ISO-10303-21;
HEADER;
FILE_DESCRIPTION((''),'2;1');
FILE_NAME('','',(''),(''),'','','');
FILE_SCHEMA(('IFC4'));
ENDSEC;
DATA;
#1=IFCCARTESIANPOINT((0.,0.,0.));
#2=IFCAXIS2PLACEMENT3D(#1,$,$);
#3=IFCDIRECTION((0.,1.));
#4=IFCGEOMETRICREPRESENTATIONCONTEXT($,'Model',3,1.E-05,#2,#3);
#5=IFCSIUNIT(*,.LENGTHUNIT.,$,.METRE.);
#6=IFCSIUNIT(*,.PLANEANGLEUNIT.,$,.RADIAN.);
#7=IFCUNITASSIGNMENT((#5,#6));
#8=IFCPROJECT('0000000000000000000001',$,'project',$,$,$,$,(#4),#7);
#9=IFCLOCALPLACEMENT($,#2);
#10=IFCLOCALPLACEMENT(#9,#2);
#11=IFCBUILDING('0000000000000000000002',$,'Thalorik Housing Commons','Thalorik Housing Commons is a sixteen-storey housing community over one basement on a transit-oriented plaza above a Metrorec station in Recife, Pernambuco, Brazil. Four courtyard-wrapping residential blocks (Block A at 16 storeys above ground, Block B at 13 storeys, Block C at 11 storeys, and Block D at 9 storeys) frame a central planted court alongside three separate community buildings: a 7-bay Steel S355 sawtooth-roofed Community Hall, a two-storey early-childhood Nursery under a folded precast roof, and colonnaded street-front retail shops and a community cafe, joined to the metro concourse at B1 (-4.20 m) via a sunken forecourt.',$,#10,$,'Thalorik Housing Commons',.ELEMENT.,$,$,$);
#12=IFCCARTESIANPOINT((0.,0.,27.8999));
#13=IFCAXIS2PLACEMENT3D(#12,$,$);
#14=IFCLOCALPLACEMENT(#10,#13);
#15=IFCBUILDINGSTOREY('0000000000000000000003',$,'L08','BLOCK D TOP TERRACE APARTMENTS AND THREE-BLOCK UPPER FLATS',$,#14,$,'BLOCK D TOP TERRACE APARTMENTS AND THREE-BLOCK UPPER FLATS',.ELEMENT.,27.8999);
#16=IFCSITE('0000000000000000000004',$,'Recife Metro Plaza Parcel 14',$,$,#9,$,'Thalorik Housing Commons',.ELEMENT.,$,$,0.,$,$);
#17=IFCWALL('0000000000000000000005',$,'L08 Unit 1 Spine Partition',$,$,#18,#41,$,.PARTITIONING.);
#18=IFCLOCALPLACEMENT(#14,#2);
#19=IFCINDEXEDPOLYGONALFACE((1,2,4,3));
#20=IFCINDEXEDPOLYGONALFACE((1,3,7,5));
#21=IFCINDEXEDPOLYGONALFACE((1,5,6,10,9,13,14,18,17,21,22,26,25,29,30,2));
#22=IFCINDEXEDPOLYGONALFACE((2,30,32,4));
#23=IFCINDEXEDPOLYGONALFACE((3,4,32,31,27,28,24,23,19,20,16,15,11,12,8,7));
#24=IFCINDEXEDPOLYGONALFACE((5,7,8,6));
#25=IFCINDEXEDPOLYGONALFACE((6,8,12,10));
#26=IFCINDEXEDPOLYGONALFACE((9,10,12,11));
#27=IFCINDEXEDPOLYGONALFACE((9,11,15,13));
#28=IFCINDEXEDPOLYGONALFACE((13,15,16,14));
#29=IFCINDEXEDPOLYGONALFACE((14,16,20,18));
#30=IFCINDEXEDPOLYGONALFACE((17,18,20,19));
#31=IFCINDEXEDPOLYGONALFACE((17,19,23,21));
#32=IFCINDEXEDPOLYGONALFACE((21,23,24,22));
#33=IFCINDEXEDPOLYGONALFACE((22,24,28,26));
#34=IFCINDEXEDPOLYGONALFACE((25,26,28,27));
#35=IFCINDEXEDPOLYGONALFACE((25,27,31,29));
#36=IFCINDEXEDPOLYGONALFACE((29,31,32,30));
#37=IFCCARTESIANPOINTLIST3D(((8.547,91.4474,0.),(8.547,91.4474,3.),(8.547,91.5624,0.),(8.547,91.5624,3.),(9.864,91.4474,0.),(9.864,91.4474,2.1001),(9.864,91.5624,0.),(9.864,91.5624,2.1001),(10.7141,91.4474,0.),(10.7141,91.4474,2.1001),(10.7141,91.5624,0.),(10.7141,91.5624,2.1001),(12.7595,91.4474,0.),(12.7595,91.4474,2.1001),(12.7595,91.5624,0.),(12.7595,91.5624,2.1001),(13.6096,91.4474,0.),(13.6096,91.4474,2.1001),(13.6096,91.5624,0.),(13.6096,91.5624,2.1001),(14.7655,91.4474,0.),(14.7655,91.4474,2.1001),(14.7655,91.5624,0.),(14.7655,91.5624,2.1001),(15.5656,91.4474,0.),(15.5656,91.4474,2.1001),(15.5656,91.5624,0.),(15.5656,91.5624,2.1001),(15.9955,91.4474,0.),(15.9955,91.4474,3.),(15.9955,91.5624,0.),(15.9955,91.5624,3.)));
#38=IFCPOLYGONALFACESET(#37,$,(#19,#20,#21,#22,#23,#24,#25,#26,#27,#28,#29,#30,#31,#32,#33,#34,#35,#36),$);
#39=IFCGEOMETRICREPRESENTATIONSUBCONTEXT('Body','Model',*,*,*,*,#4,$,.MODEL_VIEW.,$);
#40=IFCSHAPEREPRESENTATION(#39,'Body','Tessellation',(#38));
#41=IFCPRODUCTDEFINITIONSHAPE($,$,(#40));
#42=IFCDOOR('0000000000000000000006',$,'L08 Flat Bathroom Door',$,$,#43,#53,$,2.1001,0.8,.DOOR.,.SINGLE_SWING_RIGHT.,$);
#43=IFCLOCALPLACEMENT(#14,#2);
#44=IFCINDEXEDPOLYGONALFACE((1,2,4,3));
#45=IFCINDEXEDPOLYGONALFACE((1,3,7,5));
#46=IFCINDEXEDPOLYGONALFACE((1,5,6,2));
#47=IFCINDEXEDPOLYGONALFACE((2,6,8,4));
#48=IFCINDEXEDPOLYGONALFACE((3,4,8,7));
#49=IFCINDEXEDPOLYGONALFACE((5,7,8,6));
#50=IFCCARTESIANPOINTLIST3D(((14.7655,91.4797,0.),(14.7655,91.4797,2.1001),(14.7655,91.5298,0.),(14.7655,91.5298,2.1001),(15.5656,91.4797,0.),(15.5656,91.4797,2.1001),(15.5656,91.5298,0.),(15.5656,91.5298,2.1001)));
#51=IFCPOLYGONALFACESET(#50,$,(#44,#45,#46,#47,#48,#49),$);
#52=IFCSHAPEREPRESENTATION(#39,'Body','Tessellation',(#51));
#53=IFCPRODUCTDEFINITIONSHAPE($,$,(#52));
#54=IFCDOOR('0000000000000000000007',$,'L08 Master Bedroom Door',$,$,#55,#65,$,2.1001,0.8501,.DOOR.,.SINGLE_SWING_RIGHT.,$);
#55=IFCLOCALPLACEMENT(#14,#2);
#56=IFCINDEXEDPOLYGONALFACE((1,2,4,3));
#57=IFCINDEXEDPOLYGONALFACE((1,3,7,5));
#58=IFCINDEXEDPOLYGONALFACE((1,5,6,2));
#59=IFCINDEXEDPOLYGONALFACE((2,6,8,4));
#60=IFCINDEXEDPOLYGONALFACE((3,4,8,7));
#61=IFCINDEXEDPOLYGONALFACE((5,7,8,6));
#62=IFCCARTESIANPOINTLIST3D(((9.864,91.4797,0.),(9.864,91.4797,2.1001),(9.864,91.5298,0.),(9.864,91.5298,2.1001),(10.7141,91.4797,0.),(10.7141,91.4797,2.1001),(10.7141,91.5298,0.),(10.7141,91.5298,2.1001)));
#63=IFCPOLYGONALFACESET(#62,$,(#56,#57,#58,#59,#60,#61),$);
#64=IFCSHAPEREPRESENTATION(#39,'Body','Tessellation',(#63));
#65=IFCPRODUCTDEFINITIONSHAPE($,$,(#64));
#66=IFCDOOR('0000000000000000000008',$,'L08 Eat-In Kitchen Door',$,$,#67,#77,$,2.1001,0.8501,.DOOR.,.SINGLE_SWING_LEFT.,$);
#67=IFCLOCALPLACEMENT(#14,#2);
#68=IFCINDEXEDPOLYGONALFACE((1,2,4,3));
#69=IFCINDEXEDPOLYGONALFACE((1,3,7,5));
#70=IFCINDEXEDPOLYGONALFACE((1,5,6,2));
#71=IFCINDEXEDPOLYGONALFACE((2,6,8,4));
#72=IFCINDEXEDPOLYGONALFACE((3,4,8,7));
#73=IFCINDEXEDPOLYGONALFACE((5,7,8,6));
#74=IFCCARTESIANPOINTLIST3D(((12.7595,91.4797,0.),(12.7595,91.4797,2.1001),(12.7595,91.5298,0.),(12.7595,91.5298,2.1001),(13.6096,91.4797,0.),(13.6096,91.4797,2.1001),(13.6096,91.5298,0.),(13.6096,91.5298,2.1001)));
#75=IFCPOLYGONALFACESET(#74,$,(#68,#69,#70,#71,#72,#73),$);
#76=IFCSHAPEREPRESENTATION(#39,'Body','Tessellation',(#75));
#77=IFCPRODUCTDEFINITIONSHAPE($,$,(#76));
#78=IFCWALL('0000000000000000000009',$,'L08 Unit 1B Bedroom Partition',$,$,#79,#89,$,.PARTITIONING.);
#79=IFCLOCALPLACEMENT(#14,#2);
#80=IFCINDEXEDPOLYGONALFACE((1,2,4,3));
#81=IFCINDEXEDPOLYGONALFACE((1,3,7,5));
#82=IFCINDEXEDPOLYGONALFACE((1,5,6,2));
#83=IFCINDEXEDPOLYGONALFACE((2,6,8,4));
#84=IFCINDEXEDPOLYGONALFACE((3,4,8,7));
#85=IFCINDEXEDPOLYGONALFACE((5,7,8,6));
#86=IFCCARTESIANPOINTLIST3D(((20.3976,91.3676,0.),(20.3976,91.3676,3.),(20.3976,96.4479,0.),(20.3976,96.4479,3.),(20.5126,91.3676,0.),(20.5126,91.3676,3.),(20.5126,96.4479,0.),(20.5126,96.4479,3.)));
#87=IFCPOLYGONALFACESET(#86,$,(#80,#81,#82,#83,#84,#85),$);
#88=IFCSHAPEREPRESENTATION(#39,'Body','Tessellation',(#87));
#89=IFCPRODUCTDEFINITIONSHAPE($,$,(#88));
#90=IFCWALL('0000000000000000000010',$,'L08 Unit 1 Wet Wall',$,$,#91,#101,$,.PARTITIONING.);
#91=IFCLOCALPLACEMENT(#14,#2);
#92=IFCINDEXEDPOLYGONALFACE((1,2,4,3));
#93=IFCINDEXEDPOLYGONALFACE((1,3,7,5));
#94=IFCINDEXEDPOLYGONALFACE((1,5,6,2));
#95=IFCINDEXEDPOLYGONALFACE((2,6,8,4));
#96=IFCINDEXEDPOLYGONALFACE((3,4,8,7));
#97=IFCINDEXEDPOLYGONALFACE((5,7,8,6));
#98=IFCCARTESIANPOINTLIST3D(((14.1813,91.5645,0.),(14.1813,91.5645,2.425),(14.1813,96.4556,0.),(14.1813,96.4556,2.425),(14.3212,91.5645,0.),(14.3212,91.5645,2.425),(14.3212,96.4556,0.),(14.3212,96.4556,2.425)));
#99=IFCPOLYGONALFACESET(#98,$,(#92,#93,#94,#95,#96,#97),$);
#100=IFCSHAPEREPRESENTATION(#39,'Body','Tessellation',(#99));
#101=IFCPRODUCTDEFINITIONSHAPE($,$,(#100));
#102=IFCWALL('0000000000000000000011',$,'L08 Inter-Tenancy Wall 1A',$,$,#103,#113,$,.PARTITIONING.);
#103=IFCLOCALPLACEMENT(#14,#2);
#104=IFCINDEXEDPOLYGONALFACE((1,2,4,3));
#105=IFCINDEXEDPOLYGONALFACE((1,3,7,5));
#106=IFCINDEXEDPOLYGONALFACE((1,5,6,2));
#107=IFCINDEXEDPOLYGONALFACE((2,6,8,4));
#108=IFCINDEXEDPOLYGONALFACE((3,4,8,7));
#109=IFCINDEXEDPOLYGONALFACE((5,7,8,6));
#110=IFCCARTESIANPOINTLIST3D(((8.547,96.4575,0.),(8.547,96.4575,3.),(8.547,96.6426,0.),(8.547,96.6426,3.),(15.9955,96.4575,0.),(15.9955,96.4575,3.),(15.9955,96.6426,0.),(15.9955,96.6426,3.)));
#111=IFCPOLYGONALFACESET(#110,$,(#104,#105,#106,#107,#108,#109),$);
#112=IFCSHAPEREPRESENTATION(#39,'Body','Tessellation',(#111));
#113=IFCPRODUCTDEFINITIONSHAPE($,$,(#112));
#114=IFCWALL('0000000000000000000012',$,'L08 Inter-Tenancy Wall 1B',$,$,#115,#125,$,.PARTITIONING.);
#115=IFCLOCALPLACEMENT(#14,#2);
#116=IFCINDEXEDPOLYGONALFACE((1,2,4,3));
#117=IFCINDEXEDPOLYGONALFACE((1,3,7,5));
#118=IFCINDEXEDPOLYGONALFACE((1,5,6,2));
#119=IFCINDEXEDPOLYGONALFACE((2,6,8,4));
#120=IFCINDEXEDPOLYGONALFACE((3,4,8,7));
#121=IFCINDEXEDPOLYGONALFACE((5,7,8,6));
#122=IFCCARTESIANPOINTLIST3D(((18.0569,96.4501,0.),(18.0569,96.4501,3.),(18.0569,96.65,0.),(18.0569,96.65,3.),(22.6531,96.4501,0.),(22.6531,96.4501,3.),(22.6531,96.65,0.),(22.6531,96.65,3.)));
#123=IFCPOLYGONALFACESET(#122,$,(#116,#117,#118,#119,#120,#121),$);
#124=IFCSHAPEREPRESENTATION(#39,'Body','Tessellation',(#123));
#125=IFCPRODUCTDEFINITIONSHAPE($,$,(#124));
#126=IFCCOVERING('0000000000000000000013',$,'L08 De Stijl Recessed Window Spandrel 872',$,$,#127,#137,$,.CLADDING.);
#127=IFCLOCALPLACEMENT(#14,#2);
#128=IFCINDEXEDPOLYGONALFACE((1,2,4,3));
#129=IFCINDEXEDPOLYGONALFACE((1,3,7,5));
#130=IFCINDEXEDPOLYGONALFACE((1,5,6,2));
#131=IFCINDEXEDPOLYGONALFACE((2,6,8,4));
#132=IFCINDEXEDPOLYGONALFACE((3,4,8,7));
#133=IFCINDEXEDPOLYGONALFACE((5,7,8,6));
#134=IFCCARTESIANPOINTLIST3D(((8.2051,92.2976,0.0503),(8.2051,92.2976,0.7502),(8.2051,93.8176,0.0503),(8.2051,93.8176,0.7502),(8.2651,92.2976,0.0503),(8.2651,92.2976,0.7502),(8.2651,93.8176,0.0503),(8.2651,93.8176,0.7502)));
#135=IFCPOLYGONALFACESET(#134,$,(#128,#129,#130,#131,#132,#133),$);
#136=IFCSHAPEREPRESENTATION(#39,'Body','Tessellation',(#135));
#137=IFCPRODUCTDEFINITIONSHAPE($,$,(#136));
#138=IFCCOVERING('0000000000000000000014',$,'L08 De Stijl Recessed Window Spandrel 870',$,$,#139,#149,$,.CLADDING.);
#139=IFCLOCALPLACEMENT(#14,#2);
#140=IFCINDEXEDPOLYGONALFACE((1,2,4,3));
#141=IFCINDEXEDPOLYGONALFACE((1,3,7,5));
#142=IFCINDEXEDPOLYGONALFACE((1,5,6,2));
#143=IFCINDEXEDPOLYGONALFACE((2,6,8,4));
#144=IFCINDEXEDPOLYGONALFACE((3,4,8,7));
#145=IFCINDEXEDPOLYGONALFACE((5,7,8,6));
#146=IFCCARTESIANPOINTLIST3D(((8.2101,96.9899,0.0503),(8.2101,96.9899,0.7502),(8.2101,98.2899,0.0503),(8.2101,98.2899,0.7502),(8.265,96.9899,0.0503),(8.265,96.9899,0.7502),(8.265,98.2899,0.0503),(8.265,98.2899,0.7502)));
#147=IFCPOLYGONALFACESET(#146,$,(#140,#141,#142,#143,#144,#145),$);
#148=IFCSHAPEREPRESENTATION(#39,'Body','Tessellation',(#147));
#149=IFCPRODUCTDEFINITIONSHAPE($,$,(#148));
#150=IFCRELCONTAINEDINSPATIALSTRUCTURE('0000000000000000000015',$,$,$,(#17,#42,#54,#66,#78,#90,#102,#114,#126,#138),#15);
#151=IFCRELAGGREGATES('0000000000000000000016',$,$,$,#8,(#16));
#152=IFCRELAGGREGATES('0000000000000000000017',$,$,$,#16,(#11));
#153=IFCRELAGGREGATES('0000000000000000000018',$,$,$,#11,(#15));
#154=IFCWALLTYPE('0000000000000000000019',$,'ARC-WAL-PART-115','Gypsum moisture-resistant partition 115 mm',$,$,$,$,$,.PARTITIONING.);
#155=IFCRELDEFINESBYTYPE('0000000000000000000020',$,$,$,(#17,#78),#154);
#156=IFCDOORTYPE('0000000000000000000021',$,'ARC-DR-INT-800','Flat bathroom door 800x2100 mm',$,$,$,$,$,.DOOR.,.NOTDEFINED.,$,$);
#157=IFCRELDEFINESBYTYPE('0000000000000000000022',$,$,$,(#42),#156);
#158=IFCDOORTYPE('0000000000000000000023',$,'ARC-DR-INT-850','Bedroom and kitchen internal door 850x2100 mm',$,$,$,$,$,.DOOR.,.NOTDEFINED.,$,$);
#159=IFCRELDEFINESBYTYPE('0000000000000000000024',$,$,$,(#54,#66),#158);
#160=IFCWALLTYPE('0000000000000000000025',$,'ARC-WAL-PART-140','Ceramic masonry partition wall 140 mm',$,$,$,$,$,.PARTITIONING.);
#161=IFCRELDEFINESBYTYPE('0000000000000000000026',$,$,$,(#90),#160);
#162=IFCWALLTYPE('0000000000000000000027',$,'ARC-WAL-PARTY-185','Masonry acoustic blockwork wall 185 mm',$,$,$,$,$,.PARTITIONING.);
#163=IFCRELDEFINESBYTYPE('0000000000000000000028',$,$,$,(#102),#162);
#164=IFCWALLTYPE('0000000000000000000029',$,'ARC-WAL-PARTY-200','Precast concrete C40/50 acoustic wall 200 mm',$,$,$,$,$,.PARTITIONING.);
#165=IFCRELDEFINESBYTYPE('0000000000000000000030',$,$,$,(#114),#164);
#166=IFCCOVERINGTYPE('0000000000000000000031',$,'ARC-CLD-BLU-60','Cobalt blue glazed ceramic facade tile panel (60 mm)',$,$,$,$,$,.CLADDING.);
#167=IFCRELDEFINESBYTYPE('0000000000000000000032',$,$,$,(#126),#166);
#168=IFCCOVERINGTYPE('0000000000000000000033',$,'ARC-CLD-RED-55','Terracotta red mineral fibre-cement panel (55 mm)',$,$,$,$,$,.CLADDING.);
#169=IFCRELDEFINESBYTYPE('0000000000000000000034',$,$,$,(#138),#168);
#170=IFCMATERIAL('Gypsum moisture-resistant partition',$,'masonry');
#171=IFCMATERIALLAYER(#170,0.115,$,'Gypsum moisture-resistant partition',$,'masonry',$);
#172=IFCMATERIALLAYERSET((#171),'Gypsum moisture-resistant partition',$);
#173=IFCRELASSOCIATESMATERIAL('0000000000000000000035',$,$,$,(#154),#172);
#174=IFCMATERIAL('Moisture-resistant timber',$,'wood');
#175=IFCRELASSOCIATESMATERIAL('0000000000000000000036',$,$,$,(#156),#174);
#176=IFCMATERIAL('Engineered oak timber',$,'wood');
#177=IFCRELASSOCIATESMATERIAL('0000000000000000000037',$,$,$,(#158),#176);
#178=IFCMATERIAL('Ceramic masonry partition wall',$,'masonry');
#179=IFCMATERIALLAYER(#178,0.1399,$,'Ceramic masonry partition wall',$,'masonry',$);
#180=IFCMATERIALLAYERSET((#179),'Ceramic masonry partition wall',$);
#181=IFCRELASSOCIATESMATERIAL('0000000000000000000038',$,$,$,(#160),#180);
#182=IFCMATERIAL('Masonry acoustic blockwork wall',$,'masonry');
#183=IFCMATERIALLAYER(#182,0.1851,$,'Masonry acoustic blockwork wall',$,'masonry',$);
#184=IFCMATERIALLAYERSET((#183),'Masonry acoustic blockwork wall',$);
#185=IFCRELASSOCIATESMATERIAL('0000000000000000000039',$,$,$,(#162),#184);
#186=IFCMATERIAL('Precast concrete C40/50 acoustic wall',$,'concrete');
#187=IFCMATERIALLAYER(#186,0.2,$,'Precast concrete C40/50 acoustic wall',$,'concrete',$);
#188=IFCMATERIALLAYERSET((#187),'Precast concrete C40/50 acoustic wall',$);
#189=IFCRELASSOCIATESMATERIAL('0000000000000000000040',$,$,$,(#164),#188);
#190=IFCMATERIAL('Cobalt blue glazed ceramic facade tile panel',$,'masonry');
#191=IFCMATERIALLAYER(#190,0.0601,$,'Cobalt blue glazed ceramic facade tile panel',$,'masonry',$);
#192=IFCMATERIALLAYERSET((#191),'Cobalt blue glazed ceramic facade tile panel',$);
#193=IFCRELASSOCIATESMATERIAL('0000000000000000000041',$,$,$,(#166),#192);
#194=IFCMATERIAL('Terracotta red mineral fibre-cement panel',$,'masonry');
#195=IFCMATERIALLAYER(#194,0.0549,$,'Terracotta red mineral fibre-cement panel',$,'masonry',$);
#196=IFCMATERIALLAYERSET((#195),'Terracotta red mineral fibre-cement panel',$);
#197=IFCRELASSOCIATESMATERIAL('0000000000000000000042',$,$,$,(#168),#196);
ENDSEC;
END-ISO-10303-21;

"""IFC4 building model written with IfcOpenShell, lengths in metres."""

from ifc_helpers import new_model, si_unit, direction, frame, frame_2d, origin, origin_2d, place, context, subcontext, project, spatial, rectangle, extrude, material, layer, layer_set, type_object, element, fill, save


model = new_model("IFC4")

# Units and contexts
model_context = context("Model", 3, precision=1e-05, world=origin(), true_north=direction((0.0, 1.0)))
body_context = subcontext(model_context, "Body", "Model", "MODEL_VIEW")
ifc_project = project(units=[si_unit("LENGTHUNIT", "METRE"), si_unit("PLANEANGLEUNIT", "RADIAN")], contexts=[model_context])

# Site, building, storey
site_placement = place(None, origin())
site = spatial("IfcSite", under=ifc_project, at=site_placement, Name="Recife Metro Plaza Parcel 14", LongName="Thalorik Housing Commons", CompositionType="ELEMENT", RefElevation=0.0)
building_placement = place(site_placement, origin())
building = spatial("IfcBuilding", under=site, at=building_placement, Name="Thalorik Housing Commons", Description="Thalorik Housing Commons is a sixteen-storey housing community over one basement on a transit-oriented plaza above a Metrorec station in Recife, Pernambuco, Brazil. Four courtyard-wrapping residential blocks (Block A at 16 storeys above ground, Block B at 13 storeys, Block C at 11 storeys, and Block D at 9 storeys) frame a central planted court alongside three separate community buildings: a 7-bay Steel S355 sawtooth-roofed Community Hall, a two-storey early-childhood Nursery under a folded precast roof, and colonnaded street-front retail shops and a community cafe, joined to the metro concourse at B1 (-4.20 m) via a sunken forecourt.", LongName="Thalorik Housing Commons", CompositionType="ELEMENT")
storey_placement = place(building_placement, frame((0.0, 0.0, 27.8999)))
storey = spatial("IfcBuildingStorey", under=building, at=storey_placement, Name="L08", Description="BLOCK D TOP TERRACE APARTMENTS AND THREE-BLOCK UPPER FLATS", LongName="BLOCK D TOP TERRACE APARTMENTS AND THREE-BLOCK UPPER FLATS", CompositionType="ELEMENT", Elevation=27.8999)

# Wall, openings, doors
ifc_material_1 = material(Name="Gypsum moisture-resistant partition", Category="masonry")
ifc_layer_1 = layer(ifc_material_1, 0.115, Name="Gypsum moisture-resistant partition", Category="masonry")
ifc_layer_set_1 = layer_set([ifc_layer_1], Name="Gypsum moisture-resistant partition")
wall_type_1 = type_object("IfcWallType", Name="ARC-WAL-PART-115", Description="Gypsum moisture-resistant partition 115 mm", PredefinedType="PARTITIONING", material=ifc_layer_set_1)
wall_1_placement = place(storey_placement, frame((8.5471, 91.5049, 0.0), z_axis=(0.0, 0.0, 1.0), x_axis=(1.0, 0.0, 0.0)))
wall_1 = element("IfcWall", 1, at=wall_1_placement, inside=storey, type_object=wall_type_1, Name="L08 Unit 1 Spine Partition", PredefinedType="PARTITIONING", context=body_context, shape_type="SweptSolid", body=[
    extrude(rectangle(XDim=7.4485, YDim=0.115, at=frame_2d((3.7241, 0.0))), origin(), (0.0, 0.0, 1.0), 3.0),
])
opening_1_placement = place(wall_1_placement, frame((1.3169, 0.0, 0.0)))
opening_1 = element("IfcOpeningElement", 2, at=opening_1_placement, cuts=wall_1, PredefinedType="OPENING", context=body_context, shape_type="SweptSolid", body=[
    extrude(rectangle(XDim=0.8501, YDim=2.1001, at=frame_2d((0.425, 1.05))), frame((0.0, 0.0674, 0.0), z_axis=(0.0, -1.0, 0.0), x_axis=(1.0, 0.0, 0.0)), (0.0, 0.0, 1.0), 0.135),
])
opening_2_placement = place(wall_1_placement, frame((4.2124, 0.0, 0.0)))
opening_2 = element("IfcOpeningElement", 3, at=opening_2_placement, cuts=wall_1, PredefinedType="OPENING", context=body_context, shape_type="SweptSolid", body=[
    extrude(rectangle(XDim=0.8501, YDim=2.1001, at=frame_2d((0.425, 1.05))), frame((0.0, 0.0674, 0.0), z_axis=(0.0, -1.0, 0.0), x_axis=(1.0, 0.0, 0.0)), (0.0, 0.0, 1.0), 0.135),
])
opening_3_placement = place(wall_1_placement, frame((6.2185, 0.0, 0.0)))
opening_3 = element("IfcOpeningElement", 4, at=opening_3_placement, cuts=wall_1, PredefinedType="OPENING", context=body_context, shape_type="SweptSolid", body=[
    extrude(rectangle(XDim=0.8, YDim=2.1001, at=frame_2d((0.3999, 1.05))), frame((0.0, 0.0674, 0.0), z_axis=(0.0, -1.0, 0.0), x_axis=(1.0, 0.0, 0.0)), (0.0, 0.0, 1.0), 0.135),
])
ifc_material_2 = material(Name="Moisture-resistant timber", Category="wood")
door_type_1 = type_object("IfcDoorType", Name="ARC-DR-INT-800", Description="Flat bathroom door 800x2100 mm", OperationType="NOTDEFINED", PredefinedType="DOOR", material=ifc_material_2)
door_1_placement = place(opening_3_placement, origin())
door_1 = element("IfcDoor", 5, at=door_1_placement, inside=storey, type_object=door_type_1, Name="L08 Flat Bathroom Door", OperationType="SINGLE_SWING_RIGHT", OverallHeight=2.1001, OverallWidth=0.8, PredefinedType="DOOR", context=body_context, shape_type="SweptSolid", body=[
    extrude(rectangle(XDim=0.8, YDim=2.1001, at=frame_2d((0.3999, 1.05))), frame((0.0, 0.0249, 0.0), z_axis=(0.0, -1.0, 0.0), x_axis=(1.0, 0.0, 0.0)), (0.0, 0.0, 1.0), 0.05),
])
fill(opening_3, door_1)
ifc_material_3 = material(Name="Engineered oak timber", Category="wood")
door_type_2 = type_object("IfcDoorType", Name="ARC-DR-INT-850", Description="Bedroom and kitchen internal door 850x2100 mm", OperationType="NOTDEFINED", PredefinedType="DOOR", material=ifc_material_3)
door_2_placement = place(opening_1_placement, origin())
door_2 = element("IfcDoor", 6, at=door_2_placement, inside=storey, type_object=door_type_2, Name="L08 Master Bedroom Door", OperationType="SINGLE_SWING_RIGHT", OverallHeight=2.1001, OverallWidth=0.8501, PredefinedType="DOOR", context=body_context, shape_type="SweptSolid", body=[
    extrude(rectangle(XDim=0.8501, YDim=2.1001, at=frame_2d((0.425, 1.05))), frame((0.0, 0.0249, 0.0), z_axis=(0.0, -1.0, 0.0), x_axis=(1.0, 0.0, 0.0)), (0.0, 0.0, 1.0), 0.05),
])
fill(opening_1, door_2)
door_3_placement = place(opening_2_placement, origin())
door_3 = element("IfcDoor", 7, at=door_3_placement, inside=storey, type_object=door_type_2, Name="L08 Eat-In Kitchen Door", OperationType="SINGLE_SWING_LEFT", OverallHeight=2.1001, OverallWidth=0.8501, PredefinedType="DOOR", context=body_context, shape_type="SweptSolid", body=[
    extrude(rectangle(XDim=0.8501, YDim=2.1001, at=frame_2d((0.425, 1.05))), frame((0.0, 0.0249, 0.0), z_axis=(0.0, -1.0, 0.0), x_axis=(1.0, 0.0, 0.0)), (0.0, 0.0, 1.0), 0.05),
])
fill(opening_2, door_3)

# Walls
wall_2_placement = place(storey_placement, frame((20.4551, 91.3677, 0.0), z_axis=(0.0, 0.0, 1.0), x_axis=(0.0, 1.0, 0.0)))
element("IfcWall", 8, at=wall_2_placement, inside=storey, type_object=wall_type_1, Name="L08 Unit 1B Bedroom Partition", PredefinedType="PARTITIONING", context=body_context, shape_type="SweptSolid", body=[
    extrude(rectangle(XDim=5.0803, YDim=0.115, at=frame_2d((2.54, 0.0))), origin(), (0.0, 0.0, 1.0), 3.0),
])
ifc_material_4 = material(Name="Ceramic masonry partition wall", Category="masonry")
ifc_layer_2 = layer(ifc_material_4, 0.1399, Name="Ceramic masonry partition wall", Category="masonry")
ifc_layer_set_2 = layer_set([ifc_layer_2], Name="Ceramic masonry partition wall")
wall_type_2 = type_object("IfcWallType", Name="ARC-WAL-PART-140", Description="Ceramic masonry partition wall 140 mm", PredefinedType="PARTITIONING", material=ifc_layer_set_2)
wall_3_placement = place(storey_placement, frame((14.2512, 91.5645, 0.0), z_axis=(0.0, 0.0, 1.0), x_axis=(0.0, 1.0, 0.0)))
element("IfcWall", 9, at=wall_3_placement, inside=storey, type_object=wall_type_2, Name="L08 Unit 1 Wet Wall", PredefinedType="PARTITIONING", context=body_context, shape_type="SweptSolid", body=[
    extrude(rectangle(XDim=4.8911, YDim=0.1399, at=frame_2d((2.4456, 0.0))), origin(), (0.0, 0.0, 1.0), 2.425),
])
ifc_material_5 = material(Name="Masonry acoustic blockwork wall", Category="masonry")
ifc_layer_3 = layer(ifc_material_5, 0.1851, Name="Masonry acoustic blockwork wall", Category="masonry")
ifc_layer_set_3 = layer_set([ifc_layer_3], Name="Masonry acoustic blockwork wall")
wall_type_3 = type_object("IfcWallType", Name="ARC-WAL-PARTY-185", Description="Masonry acoustic blockwork wall 185 mm", PredefinedType="PARTITIONING", material=ifc_layer_set_3)
wall_4_placement = place(storey_placement, frame((8.5471, 96.55, 0.0), z_axis=(0.0, 0.0, 1.0), x_axis=(1.0, 0.0, 0.0)))
element("IfcWall", 10, at=wall_4_placement, inside=storey, type_object=wall_type_3, Name="L08 Inter-Tenancy Wall 1A", PredefinedType="PARTITIONING", context=body_context, shape_type="SweptSolid", body=[
    extrude(rectangle(XDim=7.4485, YDim=0.1851, at=frame_2d((3.7241, 0.0))), origin(), (0.0, 0.0, 1.0), 3.0),
])
ifc_material_6 = material(Name="Precast concrete C40/50 acoustic wall", Category="concrete")
ifc_layer_4 = layer(ifc_material_6, 0.2, Name="Precast concrete C40/50 acoustic wall", Category="concrete")
ifc_layer_set_4 = layer_set([ifc_layer_4], Name="Precast concrete C40/50 acoustic wall")
wall_type_4 = type_object("IfcWallType", Name="ARC-WAL-PARTY-200", Description="Precast concrete C40/50 acoustic wall 200 mm", PredefinedType="PARTITIONING", material=ifc_layer_set_4)
wall_5_placement = place(storey_placement, frame((18.0569, 96.55, 0.0), z_axis=(0.0, 0.0, 1.0), x_axis=(1.0, 0.0, 0.0)))
element("IfcWall", 11, at=wall_5_placement, inside=storey, type_object=wall_type_4, Name="L08 Inter-Tenancy Wall 1B", PredefinedType="PARTITIONING", context=body_context, shape_type="SweptSolid", body=[
    extrude(rectangle(XDim=4.5962, YDim=0.2, at=frame_2d((2.2981, 0.0))), origin(), (0.0, 0.0, 1.0), 3.0),
])

# Coverings
ifc_material_7 = material(Name="Cobalt blue glazed ceramic facade tile panel", Category="masonry")
ifc_layer_5 = layer(ifc_material_7, 0.0601, Name="Cobalt blue glazed ceramic facade tile panel", Category="masonry")
ifc_layer_set_5 = layer_set([ifc_layer_5], Name="Cobalt blue glazed ceramic facade tile panel")
covering_type_1 = type_object("IfcCoveringType", Name="ARC-CLD-BLU-60", Description="Cobalt blue glazed ceramic facade tile panel (60 mm)", PredefinedType="CLADDING", material=ifc_layer_set_5)
covering_1_placement = place(storey_placement, frame((8.2351, 93.0576, 0.0503), z_axis=(0.0, 0.0, 1.0), x_axis=(0.0, -1.0, 0.0)))
element("IfcCovering", 12, at=covering_1_placement, inside=storey, type_object=covering_type_1, Name="L08 De Stijl Recessed Window Spandrel 872", PredefinedType="CLADDING", context=body_context, shape_type="SweptSolid", body=[
    extrude(rectangle(XDim=1.52, YDim=0.0601, at=origin_2d()), origin(), (0.0, 0.0, 1.0), 0.7),
])
ifc_material_8 = material(Name="Terracotta red mineral fibre-cement panel", Category="masonry")
ifc_layer_6 = layer(ifc_material_8, 0.0549, Name="Terracotta red mineral fibre-cement panel", Category="masonry")
ifc_layer_set_6 = layer_set([ifc_layer_6], Name="Terracotta red mineral fibre-cement panel")
covering_type_2 = type_object("IfcCoveringType", Name="ARC-CLD-RED-55", Description="Terracotta red mineral fibre-cement panel (55 mm)", PredefinedType="CLADDING", material=ifc_layer_set_6)
covering_2_placement = place(storey_placement, frame((8.2375, 97.6399, 0.0503), z_axis=(0.0, 0.0, 1.0), x_axis=(0.0, -1.0, 0.0)))
element("IfcCovering", 13, at=covering_2_placement, inside=storey, type_object=covering_type_2, Name="L08 De Stijl Recessed Window Spandrel 870", PredefinedType="CLADDING", context=body_context, shape_type="SweptSolid", body=[
    extrude(rectangle(XDim=1.3, YDim=0.0549, at=origin_2d()), origin(), (0.0, 0.0, 1.0), 0.7),
])

save(model, "model.ifc")
